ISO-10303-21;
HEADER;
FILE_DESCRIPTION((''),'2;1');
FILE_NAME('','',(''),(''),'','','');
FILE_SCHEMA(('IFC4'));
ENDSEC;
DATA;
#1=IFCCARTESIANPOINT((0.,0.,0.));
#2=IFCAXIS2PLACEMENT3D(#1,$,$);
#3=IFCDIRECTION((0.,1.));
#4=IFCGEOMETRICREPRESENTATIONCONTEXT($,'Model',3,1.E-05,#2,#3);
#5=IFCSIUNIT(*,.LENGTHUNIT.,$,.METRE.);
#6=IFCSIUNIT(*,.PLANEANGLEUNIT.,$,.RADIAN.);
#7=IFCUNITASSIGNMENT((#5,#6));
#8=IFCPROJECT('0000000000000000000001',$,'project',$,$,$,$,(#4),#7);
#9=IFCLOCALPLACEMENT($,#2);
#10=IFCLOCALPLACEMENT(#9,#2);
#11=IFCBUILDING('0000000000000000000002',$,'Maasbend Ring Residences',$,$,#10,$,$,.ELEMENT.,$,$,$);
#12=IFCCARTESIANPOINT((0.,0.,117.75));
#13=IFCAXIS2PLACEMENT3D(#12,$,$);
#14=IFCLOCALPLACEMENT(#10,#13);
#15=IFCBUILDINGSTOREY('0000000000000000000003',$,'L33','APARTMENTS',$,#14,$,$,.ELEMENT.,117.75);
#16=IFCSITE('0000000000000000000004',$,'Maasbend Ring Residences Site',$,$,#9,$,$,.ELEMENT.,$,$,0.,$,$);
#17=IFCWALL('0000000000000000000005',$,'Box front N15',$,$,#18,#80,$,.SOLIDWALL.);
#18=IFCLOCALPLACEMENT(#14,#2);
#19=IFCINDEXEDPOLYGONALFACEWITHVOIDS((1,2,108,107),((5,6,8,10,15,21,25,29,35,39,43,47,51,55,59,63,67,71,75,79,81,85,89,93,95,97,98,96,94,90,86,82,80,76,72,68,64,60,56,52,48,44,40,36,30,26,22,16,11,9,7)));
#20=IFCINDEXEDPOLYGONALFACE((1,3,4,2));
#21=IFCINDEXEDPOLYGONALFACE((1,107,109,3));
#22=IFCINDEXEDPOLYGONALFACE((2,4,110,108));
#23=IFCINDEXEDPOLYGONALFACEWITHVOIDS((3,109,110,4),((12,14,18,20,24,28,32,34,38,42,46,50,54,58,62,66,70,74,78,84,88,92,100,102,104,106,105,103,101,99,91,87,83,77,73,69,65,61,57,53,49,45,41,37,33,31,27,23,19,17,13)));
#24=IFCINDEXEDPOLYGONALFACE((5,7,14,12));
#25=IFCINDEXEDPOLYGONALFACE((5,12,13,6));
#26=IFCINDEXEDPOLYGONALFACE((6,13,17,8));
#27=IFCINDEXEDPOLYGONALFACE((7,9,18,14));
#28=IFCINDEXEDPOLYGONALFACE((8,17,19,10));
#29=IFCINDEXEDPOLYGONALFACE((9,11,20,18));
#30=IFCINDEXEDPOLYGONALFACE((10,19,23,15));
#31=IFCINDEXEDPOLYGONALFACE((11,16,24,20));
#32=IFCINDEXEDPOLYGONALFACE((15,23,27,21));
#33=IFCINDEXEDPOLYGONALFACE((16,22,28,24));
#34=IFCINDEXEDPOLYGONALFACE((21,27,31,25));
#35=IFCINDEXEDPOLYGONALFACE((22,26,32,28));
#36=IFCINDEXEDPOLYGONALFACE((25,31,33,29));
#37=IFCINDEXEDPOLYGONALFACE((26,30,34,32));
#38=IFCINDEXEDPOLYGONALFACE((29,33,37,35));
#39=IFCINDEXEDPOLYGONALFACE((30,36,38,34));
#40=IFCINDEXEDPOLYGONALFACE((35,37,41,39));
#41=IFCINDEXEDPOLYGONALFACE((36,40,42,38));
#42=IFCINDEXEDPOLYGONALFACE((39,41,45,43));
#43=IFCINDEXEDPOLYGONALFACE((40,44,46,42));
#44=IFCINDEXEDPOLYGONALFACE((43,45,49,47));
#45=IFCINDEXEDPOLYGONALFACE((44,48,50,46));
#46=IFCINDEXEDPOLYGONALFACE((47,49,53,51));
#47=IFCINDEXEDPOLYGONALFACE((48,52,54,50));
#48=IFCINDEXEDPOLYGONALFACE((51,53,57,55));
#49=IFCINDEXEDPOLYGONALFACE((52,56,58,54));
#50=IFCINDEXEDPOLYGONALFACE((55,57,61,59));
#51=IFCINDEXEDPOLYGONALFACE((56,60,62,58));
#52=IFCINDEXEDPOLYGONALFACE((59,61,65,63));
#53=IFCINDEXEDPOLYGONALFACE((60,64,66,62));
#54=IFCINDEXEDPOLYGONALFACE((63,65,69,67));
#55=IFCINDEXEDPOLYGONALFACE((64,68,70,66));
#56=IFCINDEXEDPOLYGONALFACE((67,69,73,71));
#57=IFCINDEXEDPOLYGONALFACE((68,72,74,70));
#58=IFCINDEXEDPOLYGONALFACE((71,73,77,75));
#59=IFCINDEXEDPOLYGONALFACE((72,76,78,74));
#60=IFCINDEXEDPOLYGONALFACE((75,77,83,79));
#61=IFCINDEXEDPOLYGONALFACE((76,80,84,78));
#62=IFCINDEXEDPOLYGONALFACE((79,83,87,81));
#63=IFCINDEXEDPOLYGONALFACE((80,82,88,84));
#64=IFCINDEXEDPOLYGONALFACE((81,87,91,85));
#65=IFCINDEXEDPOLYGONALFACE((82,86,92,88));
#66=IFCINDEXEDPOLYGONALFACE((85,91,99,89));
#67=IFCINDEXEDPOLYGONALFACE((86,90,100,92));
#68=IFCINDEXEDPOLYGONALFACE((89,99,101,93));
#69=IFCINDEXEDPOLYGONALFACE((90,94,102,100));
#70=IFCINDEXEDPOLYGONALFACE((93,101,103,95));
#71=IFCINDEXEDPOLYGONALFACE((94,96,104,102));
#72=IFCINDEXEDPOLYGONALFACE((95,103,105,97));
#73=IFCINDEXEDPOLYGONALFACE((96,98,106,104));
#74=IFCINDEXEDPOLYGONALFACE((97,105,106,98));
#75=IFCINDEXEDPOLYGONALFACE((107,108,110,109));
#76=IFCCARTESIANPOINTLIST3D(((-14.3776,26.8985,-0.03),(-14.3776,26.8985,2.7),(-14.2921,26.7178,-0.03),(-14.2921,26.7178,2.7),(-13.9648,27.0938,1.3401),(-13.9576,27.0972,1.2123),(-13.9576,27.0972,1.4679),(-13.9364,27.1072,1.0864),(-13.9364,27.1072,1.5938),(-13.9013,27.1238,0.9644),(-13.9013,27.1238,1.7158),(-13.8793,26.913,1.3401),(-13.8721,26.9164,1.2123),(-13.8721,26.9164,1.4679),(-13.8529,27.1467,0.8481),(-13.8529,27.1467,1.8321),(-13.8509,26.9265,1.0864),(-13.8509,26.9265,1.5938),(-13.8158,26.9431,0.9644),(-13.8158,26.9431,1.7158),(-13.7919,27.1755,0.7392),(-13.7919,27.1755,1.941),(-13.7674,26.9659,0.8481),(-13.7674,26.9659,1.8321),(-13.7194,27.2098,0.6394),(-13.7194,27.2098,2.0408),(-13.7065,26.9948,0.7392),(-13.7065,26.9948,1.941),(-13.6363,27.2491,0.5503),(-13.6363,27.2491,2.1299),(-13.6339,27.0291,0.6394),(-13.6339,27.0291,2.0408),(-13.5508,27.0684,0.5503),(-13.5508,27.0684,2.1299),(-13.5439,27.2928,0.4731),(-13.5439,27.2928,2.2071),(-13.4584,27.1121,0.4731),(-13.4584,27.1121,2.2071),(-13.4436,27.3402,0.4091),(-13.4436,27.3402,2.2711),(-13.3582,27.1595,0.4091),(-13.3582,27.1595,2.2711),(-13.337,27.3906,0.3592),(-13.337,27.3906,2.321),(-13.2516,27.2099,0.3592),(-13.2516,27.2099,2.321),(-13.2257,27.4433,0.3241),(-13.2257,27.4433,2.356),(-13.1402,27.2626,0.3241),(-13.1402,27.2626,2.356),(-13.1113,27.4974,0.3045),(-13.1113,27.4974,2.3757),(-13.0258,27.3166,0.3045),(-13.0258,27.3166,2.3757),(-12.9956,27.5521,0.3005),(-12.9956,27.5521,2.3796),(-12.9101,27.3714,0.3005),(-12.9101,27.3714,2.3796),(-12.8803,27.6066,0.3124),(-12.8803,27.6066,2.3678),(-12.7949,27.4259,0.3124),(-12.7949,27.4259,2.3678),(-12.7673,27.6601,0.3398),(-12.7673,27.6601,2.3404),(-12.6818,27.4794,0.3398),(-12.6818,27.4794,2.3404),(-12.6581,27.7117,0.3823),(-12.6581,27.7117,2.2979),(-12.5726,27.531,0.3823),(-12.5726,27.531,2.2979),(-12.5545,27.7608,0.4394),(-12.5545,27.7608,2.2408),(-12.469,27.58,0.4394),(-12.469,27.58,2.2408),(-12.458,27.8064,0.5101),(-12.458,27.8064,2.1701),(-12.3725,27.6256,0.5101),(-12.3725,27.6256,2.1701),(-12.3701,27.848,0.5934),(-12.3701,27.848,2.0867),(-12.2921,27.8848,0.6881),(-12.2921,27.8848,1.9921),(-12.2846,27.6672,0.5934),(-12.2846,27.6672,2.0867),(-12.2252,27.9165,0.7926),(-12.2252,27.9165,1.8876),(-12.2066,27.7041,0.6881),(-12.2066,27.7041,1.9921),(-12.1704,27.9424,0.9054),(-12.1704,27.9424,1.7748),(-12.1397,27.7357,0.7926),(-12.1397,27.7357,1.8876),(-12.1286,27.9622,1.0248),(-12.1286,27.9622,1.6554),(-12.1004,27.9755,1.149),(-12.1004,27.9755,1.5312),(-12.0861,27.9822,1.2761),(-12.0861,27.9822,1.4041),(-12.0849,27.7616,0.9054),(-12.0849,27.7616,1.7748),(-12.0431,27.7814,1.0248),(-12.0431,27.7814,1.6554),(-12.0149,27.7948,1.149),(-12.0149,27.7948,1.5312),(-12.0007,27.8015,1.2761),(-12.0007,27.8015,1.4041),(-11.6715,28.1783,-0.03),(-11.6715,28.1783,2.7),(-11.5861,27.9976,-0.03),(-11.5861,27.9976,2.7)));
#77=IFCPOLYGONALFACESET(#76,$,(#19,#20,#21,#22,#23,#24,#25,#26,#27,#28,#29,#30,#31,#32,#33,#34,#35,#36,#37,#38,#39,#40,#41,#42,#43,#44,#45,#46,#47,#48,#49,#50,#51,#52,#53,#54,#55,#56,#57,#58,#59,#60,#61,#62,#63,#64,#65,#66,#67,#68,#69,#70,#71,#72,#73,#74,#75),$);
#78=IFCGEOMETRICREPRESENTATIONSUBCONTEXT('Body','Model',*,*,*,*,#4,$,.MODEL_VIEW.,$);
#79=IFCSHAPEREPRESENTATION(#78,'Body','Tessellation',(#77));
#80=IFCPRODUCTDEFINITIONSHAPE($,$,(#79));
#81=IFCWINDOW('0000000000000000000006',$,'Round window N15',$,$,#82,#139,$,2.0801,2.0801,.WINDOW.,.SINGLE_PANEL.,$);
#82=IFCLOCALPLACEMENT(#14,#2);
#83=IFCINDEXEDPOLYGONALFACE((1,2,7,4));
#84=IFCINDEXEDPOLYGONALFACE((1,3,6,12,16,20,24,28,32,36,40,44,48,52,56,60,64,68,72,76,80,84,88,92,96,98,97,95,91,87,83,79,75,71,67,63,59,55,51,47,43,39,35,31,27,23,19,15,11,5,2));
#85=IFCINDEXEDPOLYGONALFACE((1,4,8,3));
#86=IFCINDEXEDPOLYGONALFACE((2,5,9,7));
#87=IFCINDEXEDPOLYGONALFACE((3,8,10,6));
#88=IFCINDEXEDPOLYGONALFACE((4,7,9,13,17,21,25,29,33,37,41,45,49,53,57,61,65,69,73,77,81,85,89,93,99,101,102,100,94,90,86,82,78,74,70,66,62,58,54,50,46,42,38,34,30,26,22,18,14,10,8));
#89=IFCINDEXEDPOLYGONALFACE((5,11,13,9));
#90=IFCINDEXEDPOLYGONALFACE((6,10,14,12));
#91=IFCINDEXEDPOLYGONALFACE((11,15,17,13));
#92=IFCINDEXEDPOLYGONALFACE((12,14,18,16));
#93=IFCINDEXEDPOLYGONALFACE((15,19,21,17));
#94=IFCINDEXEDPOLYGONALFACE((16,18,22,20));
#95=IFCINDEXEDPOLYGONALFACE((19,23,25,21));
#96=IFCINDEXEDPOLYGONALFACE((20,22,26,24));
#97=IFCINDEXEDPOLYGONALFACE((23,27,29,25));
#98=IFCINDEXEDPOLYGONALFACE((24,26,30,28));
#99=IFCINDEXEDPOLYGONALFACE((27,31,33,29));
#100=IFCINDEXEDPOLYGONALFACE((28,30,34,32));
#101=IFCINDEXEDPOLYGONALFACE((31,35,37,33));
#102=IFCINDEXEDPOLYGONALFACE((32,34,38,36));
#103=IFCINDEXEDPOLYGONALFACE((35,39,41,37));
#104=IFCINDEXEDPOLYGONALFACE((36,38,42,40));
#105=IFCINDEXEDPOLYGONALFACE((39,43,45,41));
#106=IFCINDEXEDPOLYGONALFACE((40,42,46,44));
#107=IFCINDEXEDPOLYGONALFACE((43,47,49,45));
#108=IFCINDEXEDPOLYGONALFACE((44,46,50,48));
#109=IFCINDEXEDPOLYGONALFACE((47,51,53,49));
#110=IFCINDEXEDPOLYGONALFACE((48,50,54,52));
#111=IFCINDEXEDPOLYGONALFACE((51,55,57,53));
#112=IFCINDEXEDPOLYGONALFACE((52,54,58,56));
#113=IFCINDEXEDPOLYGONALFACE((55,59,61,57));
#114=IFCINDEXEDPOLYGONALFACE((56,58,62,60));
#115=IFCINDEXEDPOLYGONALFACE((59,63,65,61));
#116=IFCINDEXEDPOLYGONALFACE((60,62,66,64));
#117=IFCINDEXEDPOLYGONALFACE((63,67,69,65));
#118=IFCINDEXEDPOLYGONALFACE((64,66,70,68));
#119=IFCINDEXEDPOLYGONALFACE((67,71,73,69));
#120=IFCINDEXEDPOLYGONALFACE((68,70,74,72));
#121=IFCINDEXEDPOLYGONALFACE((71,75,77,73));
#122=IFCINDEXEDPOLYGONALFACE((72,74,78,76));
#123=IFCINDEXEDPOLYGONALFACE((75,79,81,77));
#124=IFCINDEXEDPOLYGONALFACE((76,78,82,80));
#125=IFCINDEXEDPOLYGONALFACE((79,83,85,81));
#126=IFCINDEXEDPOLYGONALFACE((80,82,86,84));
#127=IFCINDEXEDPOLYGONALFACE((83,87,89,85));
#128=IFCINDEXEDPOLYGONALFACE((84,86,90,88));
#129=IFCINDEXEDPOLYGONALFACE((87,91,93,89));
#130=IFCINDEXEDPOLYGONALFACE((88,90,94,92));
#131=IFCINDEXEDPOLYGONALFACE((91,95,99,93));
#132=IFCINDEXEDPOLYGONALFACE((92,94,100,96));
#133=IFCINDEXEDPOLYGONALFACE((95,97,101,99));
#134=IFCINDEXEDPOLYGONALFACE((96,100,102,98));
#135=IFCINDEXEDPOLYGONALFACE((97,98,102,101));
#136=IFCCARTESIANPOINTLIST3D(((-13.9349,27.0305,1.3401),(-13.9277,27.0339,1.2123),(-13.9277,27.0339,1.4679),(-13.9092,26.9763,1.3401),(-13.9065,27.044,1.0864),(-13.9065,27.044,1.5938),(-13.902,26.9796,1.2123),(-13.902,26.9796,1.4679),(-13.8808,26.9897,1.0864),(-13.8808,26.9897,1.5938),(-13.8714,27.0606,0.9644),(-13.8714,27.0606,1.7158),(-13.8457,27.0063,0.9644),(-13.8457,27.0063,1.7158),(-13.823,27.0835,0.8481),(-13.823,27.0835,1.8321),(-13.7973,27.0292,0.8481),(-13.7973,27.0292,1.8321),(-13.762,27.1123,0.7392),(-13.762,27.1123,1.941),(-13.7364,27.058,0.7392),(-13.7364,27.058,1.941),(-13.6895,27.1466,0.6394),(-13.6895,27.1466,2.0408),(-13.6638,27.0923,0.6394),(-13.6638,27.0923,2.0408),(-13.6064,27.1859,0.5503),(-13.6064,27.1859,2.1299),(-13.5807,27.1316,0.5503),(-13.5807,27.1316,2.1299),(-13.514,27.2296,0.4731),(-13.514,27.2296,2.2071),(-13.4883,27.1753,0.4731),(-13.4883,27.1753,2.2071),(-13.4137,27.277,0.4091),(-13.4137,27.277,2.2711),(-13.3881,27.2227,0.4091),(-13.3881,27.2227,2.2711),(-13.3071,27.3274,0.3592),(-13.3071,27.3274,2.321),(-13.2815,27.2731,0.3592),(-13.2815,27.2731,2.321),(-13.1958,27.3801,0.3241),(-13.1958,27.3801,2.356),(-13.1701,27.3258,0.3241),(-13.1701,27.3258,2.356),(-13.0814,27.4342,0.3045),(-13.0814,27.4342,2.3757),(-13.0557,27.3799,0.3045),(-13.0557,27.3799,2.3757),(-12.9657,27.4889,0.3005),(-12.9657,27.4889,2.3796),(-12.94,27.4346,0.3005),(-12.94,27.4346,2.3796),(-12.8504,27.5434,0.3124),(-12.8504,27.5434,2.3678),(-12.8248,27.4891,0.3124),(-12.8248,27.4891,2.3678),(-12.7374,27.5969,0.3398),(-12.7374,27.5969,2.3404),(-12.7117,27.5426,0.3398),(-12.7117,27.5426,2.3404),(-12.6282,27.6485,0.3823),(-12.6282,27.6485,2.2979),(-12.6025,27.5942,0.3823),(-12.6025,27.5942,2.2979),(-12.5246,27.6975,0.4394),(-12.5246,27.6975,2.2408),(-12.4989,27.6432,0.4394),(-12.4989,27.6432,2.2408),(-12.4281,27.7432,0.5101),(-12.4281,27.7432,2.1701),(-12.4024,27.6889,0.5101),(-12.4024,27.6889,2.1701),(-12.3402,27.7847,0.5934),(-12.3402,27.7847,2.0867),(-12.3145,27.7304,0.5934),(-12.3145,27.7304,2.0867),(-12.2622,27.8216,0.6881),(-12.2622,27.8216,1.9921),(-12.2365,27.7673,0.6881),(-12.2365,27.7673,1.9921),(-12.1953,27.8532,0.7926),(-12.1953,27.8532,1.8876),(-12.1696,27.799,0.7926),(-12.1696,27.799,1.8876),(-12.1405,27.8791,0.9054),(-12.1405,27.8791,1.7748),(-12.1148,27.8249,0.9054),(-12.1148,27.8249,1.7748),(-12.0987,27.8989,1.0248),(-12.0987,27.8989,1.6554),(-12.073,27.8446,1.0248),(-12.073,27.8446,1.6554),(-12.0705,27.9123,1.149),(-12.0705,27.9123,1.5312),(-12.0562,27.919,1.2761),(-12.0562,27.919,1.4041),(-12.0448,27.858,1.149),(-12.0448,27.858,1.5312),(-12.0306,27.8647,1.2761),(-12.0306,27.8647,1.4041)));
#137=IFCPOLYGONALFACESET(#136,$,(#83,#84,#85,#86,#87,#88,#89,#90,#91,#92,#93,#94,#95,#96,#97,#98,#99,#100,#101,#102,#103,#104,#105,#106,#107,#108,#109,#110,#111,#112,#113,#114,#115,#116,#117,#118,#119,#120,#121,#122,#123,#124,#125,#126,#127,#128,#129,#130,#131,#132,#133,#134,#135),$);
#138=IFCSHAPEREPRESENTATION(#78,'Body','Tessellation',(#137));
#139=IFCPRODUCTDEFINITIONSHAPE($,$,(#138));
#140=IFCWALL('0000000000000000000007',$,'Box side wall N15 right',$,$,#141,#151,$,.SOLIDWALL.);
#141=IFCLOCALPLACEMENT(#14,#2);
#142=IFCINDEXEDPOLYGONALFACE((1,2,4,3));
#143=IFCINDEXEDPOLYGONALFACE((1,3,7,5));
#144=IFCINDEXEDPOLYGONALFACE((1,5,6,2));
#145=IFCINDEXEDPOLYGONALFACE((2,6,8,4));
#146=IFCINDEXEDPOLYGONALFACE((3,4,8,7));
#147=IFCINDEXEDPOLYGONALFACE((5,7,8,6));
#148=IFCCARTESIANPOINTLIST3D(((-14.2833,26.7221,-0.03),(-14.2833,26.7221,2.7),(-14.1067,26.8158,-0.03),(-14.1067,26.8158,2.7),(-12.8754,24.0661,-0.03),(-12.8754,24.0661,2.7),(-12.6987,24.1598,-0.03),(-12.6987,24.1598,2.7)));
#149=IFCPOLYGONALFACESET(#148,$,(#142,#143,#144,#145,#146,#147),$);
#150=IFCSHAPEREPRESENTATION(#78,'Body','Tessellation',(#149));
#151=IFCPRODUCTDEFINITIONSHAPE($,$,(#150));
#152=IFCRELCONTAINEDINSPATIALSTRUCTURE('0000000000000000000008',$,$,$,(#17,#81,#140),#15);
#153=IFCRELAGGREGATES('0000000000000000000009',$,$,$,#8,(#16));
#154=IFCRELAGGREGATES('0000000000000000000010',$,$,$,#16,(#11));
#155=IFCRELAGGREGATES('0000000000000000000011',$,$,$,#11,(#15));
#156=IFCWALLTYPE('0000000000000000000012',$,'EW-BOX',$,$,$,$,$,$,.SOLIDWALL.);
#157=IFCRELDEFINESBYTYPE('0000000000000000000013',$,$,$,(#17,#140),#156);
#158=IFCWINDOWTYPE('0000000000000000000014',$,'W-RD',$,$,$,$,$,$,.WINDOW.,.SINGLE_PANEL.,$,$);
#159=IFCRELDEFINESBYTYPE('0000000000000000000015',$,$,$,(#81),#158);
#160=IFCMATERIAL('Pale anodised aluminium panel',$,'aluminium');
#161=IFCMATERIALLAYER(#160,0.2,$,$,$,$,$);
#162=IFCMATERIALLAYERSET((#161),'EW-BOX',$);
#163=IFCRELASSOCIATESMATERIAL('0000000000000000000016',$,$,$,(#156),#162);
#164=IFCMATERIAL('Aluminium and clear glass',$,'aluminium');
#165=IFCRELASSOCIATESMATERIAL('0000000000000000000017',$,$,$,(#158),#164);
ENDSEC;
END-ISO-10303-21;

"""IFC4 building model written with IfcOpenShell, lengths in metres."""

from ifc_helpers import new_model, si_unit, direction, frame, frame_2d, origin, place, context, subcontext, project, spatial, rectangle, circle, extrude, material, layer, layer_set, type_object, element, fill, save


model = new_model("IFC4")

# Units and contexts
model_context = context("Model", 3, precision=1e-05, world=origin(), true_north=direction((0.0, 1.0)))
body_context = subcontext(model_context, "Body", "Model", "MODEL_VIEW")
ifc_project = project(units=[si_unit("LENGTHUNIT", "METRE"), si_unit("PLANEANGLEUNIT", "RADIAN")], contexts=[model_context])

# Site, building, storey
site_placement = place(None, origin())
site = spatial("IfcSite", under=ifc_project, at=site_placement, Name="Maasbend Ring Residences Site", CompositionType="ELEMENT", RefElevation=0.0)
building_placement = place(site_placement, origin())
building = spatial("IfcBuilding", under=site, at=building_placement, Name="Maasbend Ring Residences", CompositionType="ELEMENT")
storey_placement = place(building_placement, frame((0.0, 0.0, 117.75)))
storey = spatial("IfcBuildingStorey", under=building, at=storey_placement, Name="L33", Description="APARTMENTS", CompositionType="ELEMENT", Elevation=117.75)

# Wall, opening, window
ifc_material_1 = material(Name="Pale anodised aluminium panel", Category="aluminium")
ifc_layer_1 = layer(ifc_material_1, 0.2)
ifc_layer_set_1 = layer_set([ifc_layer_1], Name="EW-BOX")
wall_type_1 = type_object("IfcWallType", Name="EW-BOX", PredefinedType="SOLIDWALL", material=ifc_layer_set_1)
wall_1_placement = place(storey_placement, frame((-11.6289, 28.0879, -0.03), z_axis=(0.0, 0.0, 1.0), x_axis=(-0.904, -0.427532, 0.0)))
wall_1 = element("IfcWall", 1, at=wall_1_placement, inside=storey, type_object=wall_type_1, Name="Box front N15", PredefinedType="SOLIDWALL", context=body_context, shape_type="SweptSolid", body=[
    extrude(rectangle(XDim=2.9934, YDim=0.2, at=frame_2d((1.4966, 0.0))), origin(), (0.0, 0.0, 1.0), 2.73),
])
opening_1_placement = place(wall_1_placement, frame((0.4565, 0.0, 0.3301)))
opening_1 = element("IfcOpeningElement", 2, at=opening_1_placement, cuts=wall_1, PredefinedType="OPENING", context=body_context, shape_type="SweptSolid", body=[
    extrude(circle(Radius=1.04, at=frame_2d((1.04, 1.04))), frame((0.0, 0.1099, 0.0), z_axis=(0.0, -1.0, 0.0), x_axis=(1.0, 0.0, 0.0)), (0.0, 0.0, 1.0), 0.22),
])
ifc_material_2 = material(Name="Aluminium and clear glass", Category="aluminium")
window_type_1 = type_object("IfcWindowType", Name="W-RD", PartitioningType="SINGLE_PANEL", PredefinedType="WINDOW", material=ifc_material_2)
window_1_placement = place(opening_1_placement, origin())
window_1 = element("IfcWindow", 3, at=window_1_placement, inside=storey, type_object=window_type_1, Name="Round window N15", OverallHeight=2.0801, OverallWidth=2.0801, PartitioningType="SINGLE_PANEL", PredefinedType="WINDOW", context=body_context, shape_type="SweptSolid", body=[
    extrude(circle(Radius=1.04, at=frame_2d((1.04, 1.04))), frame((0.0, 0.03, 0.0), z_axis=(0.0, -1.0, 0.0), x_axis=(1.0, 0.0, 0.0)), (0.0, 0.0, 1.0), 0.0601),
])
fill(opening_1, window_1)

# Wall
wall_2_placement = place(storey_placement, frame((-12.7871, 24.113, -0.03), z_axis=(0.0, 0.0, 1.0), x_axis=(-0.468365, 0.883535, 0.0)))
element("IfcWall", 4, at=wall_2_placement, inside=storey, type_object=wall_type_1, Name="Box side wall N15 right", PredefinedType="SOLIDWALL", context=body_context, shape_type="SweptSolid", body=[
    extrude(rectangle(XDim=3.0061, YDim=0.2, at=frame_2d((1.5029, 0.0))), origin(), (0.0, 0.0, 1.0), 2.73),
])

save(model, "model.ifc")
